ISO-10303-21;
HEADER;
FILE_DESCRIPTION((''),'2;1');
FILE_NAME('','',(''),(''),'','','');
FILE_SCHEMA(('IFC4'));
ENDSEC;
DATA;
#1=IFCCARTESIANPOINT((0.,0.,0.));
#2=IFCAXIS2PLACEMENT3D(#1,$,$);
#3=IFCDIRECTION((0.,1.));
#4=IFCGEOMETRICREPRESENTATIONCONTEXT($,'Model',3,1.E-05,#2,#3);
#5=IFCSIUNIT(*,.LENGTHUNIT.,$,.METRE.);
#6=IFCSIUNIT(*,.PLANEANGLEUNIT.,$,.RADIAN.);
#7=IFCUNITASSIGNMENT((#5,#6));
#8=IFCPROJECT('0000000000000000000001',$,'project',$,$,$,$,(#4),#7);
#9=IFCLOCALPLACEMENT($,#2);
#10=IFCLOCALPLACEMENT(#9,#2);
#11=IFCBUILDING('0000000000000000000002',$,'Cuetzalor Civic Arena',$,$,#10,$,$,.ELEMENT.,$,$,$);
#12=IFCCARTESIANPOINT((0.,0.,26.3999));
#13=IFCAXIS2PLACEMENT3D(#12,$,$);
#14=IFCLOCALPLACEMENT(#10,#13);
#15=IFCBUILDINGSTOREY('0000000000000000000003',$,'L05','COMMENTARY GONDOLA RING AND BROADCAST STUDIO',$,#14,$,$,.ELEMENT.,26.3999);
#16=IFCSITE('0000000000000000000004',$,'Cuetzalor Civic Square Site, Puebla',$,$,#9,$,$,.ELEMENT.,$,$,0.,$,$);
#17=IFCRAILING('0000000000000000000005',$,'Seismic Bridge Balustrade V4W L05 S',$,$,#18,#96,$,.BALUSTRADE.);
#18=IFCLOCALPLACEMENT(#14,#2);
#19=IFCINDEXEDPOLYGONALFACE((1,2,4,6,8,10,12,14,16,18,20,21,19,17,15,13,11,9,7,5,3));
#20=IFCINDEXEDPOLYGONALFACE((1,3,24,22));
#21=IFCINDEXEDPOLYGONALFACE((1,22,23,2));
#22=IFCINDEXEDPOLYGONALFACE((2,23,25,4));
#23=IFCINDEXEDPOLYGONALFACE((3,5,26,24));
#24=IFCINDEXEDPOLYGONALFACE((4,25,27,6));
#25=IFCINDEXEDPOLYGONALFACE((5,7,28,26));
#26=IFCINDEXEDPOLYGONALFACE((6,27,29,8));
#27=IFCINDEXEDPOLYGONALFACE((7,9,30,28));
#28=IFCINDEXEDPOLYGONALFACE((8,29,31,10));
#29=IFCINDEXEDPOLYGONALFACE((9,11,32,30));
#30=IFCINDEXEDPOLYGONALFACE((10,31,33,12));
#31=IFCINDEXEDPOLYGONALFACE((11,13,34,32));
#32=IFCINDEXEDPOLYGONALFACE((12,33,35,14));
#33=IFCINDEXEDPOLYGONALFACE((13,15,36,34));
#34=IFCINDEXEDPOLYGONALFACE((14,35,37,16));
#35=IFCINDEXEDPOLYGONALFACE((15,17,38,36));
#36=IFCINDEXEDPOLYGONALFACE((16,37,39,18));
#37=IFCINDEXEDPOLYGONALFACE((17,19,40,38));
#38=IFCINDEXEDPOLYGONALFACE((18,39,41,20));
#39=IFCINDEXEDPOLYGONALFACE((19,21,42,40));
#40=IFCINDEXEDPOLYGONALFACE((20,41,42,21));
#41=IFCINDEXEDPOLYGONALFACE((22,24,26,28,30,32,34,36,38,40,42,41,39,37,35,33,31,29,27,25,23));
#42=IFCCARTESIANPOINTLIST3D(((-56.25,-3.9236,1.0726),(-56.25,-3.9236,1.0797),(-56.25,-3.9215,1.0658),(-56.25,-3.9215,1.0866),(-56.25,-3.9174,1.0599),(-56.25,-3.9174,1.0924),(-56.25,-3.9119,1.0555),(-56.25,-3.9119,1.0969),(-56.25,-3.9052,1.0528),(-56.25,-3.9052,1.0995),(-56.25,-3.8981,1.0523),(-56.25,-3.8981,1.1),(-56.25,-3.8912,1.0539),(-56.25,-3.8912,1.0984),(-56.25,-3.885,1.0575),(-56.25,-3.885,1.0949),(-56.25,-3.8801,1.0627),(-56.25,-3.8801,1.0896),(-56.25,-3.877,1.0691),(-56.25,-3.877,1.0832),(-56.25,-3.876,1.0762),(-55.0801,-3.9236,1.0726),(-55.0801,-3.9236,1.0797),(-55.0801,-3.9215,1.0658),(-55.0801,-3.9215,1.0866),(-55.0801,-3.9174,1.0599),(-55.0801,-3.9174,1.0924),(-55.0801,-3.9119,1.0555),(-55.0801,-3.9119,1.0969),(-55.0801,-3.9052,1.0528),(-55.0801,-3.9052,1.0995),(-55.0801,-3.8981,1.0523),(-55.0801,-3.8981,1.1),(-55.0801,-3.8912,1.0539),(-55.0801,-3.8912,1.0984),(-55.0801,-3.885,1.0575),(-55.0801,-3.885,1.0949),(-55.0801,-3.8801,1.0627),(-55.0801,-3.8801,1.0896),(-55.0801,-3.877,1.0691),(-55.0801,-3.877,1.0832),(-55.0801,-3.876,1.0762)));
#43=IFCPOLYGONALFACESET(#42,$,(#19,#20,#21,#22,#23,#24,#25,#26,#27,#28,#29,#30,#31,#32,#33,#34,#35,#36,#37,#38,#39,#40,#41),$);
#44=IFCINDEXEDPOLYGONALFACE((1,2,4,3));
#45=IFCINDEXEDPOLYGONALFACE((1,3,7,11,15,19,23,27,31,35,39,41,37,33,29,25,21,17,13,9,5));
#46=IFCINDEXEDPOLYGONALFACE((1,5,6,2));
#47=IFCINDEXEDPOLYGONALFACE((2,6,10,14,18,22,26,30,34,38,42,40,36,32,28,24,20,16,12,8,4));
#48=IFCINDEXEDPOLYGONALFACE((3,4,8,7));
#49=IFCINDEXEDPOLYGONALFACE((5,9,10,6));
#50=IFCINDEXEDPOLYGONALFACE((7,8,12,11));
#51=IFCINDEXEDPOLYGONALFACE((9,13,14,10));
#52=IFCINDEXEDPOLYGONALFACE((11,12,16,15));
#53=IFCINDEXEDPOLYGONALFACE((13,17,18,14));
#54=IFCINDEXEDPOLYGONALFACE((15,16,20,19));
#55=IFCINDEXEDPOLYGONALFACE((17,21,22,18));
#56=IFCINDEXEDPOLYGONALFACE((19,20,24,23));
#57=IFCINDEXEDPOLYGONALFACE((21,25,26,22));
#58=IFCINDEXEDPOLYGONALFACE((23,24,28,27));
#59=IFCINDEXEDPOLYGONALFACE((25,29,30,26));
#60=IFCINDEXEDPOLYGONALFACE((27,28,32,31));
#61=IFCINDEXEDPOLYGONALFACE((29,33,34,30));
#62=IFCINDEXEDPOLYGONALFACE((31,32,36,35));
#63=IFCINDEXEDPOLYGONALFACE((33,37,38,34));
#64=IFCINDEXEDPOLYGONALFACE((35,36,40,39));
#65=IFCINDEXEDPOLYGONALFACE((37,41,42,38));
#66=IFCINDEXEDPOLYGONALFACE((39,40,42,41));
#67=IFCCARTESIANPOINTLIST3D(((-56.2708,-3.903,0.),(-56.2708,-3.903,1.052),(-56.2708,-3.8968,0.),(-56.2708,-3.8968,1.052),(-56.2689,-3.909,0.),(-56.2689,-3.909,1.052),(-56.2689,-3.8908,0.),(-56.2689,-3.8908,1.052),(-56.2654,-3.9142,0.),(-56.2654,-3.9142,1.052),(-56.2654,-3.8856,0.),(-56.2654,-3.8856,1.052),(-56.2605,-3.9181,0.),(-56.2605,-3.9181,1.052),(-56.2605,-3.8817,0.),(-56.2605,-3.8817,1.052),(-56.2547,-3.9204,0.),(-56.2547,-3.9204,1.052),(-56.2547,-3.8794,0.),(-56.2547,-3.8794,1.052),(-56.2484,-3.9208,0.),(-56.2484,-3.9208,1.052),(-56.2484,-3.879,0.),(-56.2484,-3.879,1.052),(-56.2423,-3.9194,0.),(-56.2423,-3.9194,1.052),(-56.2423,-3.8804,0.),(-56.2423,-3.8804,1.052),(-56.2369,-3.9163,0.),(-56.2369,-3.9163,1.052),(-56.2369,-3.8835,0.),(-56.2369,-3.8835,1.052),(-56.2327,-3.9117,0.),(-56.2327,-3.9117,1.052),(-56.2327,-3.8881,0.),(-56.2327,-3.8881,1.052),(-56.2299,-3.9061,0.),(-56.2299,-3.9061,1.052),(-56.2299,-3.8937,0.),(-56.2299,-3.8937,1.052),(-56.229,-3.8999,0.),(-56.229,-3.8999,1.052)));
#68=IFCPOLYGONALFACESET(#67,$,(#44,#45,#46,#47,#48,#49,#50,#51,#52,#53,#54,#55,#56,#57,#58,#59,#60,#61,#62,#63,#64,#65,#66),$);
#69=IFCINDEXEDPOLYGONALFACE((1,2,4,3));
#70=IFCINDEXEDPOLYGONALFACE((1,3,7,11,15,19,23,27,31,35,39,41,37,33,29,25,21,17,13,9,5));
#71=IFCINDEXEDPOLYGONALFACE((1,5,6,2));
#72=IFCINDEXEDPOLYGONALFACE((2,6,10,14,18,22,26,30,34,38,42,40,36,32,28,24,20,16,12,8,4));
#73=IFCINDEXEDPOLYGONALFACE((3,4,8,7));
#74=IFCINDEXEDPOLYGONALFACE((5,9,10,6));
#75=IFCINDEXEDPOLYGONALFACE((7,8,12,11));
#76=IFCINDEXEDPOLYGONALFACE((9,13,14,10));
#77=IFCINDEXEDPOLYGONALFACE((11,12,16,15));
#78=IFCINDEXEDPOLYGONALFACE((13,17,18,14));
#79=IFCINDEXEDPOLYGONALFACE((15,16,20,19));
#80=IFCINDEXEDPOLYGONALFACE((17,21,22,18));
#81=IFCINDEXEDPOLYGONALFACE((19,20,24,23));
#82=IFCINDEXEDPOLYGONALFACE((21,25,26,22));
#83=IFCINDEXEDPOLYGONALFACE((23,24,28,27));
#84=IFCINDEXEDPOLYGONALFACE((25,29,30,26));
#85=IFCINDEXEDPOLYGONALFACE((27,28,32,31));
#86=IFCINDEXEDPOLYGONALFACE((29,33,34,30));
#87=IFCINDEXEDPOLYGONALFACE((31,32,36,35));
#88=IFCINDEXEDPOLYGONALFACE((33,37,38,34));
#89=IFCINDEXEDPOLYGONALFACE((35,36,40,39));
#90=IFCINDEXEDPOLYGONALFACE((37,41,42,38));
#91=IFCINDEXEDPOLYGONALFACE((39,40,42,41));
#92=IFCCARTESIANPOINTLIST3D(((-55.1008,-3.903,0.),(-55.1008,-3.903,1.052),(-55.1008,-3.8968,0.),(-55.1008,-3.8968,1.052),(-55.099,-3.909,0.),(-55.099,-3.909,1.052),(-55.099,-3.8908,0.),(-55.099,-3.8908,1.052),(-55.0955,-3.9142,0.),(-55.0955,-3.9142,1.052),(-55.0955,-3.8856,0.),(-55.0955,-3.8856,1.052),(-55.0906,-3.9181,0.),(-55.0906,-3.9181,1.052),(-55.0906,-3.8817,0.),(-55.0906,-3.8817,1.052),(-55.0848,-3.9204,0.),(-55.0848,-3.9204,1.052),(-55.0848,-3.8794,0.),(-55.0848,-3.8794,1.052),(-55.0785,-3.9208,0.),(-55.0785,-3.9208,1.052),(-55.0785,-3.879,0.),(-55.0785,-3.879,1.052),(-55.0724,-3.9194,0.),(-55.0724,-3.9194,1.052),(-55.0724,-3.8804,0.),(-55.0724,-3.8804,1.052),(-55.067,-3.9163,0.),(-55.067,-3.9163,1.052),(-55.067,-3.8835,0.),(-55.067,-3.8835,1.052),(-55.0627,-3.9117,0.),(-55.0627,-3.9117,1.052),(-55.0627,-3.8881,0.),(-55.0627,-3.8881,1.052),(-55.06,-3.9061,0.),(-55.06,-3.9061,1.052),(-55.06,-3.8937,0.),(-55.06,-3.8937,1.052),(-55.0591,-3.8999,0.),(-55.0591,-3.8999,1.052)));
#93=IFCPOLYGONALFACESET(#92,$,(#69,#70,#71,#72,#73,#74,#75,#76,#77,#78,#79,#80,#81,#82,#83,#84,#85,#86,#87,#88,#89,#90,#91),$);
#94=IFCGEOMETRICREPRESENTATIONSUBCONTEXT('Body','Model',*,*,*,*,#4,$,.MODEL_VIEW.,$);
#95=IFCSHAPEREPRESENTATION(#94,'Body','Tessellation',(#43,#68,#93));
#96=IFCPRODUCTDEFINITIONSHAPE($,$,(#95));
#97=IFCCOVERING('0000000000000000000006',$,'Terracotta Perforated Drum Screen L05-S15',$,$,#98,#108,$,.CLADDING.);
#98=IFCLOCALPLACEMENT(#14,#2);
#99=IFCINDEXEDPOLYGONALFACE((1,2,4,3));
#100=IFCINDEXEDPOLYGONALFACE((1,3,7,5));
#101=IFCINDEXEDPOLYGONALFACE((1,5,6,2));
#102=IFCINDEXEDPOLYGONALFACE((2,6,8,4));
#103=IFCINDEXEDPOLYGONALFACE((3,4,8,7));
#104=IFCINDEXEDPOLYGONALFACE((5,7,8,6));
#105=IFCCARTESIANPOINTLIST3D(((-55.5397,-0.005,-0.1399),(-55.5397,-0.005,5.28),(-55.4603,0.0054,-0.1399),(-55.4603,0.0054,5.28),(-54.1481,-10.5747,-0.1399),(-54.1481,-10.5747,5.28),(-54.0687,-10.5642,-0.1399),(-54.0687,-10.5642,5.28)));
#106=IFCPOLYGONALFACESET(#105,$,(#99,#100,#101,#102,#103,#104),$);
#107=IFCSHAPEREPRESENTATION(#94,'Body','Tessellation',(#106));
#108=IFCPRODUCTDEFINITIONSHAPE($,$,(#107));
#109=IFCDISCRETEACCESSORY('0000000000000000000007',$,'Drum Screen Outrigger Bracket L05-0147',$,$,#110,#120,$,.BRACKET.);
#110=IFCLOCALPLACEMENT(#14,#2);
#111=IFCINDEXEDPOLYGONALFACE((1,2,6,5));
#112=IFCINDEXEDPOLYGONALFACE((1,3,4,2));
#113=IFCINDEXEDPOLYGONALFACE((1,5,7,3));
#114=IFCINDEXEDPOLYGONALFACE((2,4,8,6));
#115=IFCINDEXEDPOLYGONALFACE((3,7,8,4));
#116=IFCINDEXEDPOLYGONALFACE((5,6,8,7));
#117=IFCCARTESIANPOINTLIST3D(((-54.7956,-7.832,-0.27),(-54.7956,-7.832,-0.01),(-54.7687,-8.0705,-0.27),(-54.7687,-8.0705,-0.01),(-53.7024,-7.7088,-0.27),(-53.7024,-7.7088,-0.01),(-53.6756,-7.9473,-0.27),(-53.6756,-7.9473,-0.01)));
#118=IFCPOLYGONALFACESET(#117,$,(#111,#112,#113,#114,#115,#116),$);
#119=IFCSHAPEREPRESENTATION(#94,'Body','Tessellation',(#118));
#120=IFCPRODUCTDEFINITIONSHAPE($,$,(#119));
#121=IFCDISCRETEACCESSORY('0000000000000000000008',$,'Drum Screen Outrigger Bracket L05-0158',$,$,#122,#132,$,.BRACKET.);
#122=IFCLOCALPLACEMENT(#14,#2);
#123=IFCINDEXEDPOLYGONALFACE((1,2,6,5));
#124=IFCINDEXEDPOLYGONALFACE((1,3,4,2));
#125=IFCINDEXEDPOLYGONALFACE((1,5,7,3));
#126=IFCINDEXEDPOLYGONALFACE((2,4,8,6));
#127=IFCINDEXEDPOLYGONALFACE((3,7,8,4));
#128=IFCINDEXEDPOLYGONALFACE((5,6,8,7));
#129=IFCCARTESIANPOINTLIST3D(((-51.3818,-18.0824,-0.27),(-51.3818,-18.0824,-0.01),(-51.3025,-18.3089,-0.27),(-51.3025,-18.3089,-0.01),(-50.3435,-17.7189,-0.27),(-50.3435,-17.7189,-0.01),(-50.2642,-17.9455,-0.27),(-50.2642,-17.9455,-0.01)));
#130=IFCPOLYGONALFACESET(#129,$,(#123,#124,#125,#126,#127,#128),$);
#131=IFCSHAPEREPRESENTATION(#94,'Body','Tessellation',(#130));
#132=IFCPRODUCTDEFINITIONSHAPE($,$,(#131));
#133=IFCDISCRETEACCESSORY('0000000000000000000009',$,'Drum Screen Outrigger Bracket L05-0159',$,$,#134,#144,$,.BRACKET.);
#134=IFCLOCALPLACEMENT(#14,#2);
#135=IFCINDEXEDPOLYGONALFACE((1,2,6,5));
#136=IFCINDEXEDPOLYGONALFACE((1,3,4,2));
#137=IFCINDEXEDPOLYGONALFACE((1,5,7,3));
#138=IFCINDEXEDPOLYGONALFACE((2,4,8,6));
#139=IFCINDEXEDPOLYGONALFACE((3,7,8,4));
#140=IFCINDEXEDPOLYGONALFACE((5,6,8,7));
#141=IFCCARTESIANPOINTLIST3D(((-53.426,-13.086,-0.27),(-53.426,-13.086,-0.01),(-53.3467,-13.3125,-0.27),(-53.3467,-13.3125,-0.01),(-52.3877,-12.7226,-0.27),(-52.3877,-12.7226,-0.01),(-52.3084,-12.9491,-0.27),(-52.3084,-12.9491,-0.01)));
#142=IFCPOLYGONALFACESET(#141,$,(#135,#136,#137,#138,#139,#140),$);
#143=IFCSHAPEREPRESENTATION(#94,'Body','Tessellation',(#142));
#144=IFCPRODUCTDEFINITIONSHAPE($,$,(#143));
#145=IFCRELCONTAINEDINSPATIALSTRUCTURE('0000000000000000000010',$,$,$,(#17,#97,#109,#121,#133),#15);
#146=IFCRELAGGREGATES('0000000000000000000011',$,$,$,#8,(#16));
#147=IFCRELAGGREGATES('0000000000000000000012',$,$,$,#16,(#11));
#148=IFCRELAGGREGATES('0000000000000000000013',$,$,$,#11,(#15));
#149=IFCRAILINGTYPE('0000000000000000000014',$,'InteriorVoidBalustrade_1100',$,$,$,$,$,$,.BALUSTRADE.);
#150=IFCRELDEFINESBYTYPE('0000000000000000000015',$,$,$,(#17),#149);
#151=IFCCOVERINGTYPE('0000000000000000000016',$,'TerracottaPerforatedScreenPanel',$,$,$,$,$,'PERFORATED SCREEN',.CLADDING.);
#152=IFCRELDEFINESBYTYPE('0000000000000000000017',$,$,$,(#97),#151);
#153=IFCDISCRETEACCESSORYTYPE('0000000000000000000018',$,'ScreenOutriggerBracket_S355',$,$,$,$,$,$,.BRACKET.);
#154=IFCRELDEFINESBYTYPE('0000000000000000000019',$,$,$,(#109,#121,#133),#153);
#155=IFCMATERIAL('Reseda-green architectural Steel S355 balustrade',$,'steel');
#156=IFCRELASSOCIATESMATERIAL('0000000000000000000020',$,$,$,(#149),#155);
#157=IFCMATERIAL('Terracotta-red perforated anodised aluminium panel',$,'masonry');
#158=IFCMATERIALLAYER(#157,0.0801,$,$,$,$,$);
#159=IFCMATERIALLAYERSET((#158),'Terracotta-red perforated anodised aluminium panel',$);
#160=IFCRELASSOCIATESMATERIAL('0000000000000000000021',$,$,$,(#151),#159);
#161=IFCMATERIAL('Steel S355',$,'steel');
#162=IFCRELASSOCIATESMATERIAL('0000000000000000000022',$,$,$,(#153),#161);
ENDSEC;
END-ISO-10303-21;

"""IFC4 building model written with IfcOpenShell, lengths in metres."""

from ifc_helpers import new_model, si_unit, direction, frame, frame_2d, origin, origin_2d, place, context, subcontext, project, spatial, rectangle, circle, extrude, material, layer, layer_set, type_object, element, save


model = new_model("IFC4")

# Units and contexts
model_context = context("Model", 3, precision=1e-05, world=origin(), true_north=direction((0.0, 1.0)))
body_context = subcontext(model_context, "Body", "Model", "MODEL_VIEW")
ifc_project = project(units=[si_unit("LENGTHUNIT", "METRE"), si_unit("PLANEANGLEUNIT", "RADIAN")], contexts=[model_context])

# Site, building, storey
site_placement = place(None, origin())
site = spatial("IfcSite", under=ifc_project, at=site_placement, Name="Cuetzalor Civic Square Site, Puebla", CompositionType="ELEMENT", RefElevation=0.0)
building_placement = place(site_placement, origin())
building = spatial("IfcBuilding", under=site, at=building_placement, Name="Cuetzalor Civic Arena", CompositionType="ELEMENT")
storey_placement = place(building_placement, frame((0.0, 0.0, 26.3999)))
storey = spatial("IfcBuildingStorey", under=building, at=storey_placement, Name="L05", Description="COMMENTARY GONDOLA RING AND BROADCAST STUDIO", CompositionType="ELEMENT", Elevation=26.3999)

# Railing
ifc_material_1 = material(Name="Reseda-green architectural Steel S355 balustrade", Category="steel")
railing_type_1 = type_object("IfcRailingType", Name="InteriorVoidBalustrade_1100", PredefinedType="BALUSTRADE", material=ifc_material_1)
railing_1_placement = place(storey_placement, frame((-56.25, -3.8999, 0.0)))
element("IfcRailing", 1, at=railing_1_placement, inside=storey, type_object=railing_type_1, Name="Seismic Bridge Balustrade V4W L05 S", PredefinedType="BALUSTRADE", context=body_context, shape_type="SweptSolid", body=[
    extrude(circle(Radius=0.0239, at=origin_2d()), frame((0.0, 0.0, 1.0762), z_axis=(1.0, 0.0, 0.0), x_axis=(0.0, 1.0, 0.0)), (0.0, 0.0, 1.0), 1.1699),
    extrude(circle(Radius=0.021, at=origin_2d()), origin(), (0.0, 0.0, 1.0), 1.052),
    extrude(circle(Radius=0.021, at=origin_2d()), frame((1.1699, 0.0, 0.0)), (0.0, 0.0, 1.0), 1.052),
])

# Covering
ifc_material_2 = material(Name="Terracotta-red perforated anodised aluminium panel", Category="masonry")
ifc_layer_1 = layer(ifc_material_2, 0.0801)
ifc_layer_set_1 = layer_set([ifc_layer_1], Name="Terracotta-red perforated anodised aluminium panel")
covering_type = type_object("IfcCoveringType", Name="TerracottaPerforatedScreenPanel", ElementType="PERFORATED SCREEN", PredefinedType="CLADDING", material=ifc_layer_set_1)
covering_placement = place(storey_placement, frame((-54.1084, -10.5696, -0.1399), z_axis=(0.0, 0.0, 1.0), x_axis=(-0.130534, 0.991444, 0.0)))
element("IfcCovering", 2, at=covering_placement, inside=storey, type_object=covering_type, Name="Terracotta Perforated Drum Screen L05-S15", PredefinedType="CLADDING", context=body_context, shape_type="SweptSolid", body=[
    extrude(rectangle(XDim=10.6609, YDim=0.0801, at=frame_2d((5.3306, 0.0))), origin(), (0.0, 0.0, 1.0), 5.4199),
])

# Discrete accessories
ifc_material_3 = material(Name="Steel S355", Category="steel")
discrete_accessory_type = type_object("IfcDiscreteAccessoryType", Name="ScreenOutriggerBracket_S355", PredefinedType="BRACKET", material=ifc_material_3)
for number, where, z_axis, x_axis, name in (
    (3, (-54.2356, -7.8896, -0.27), (0.0, 0.0, 1.0), (-0.993709, -0.111989, 0.0), "Drum Screen Outrigger Bracket L05-0147"),
    (4, (-50.823, -18.0139, -0.27), (0.0, 0.0, 1.0), (-0.943859, -0.33035, 0.0), "Drum Screen Outrigger Bracket L05-0158"),
    (5, (-52.8672, -13.0176, -0.27), (0.0, 0.0, 1.0), (-0.943859, -0.33035, 0.0), "Drum Screen Outrigger Bracket L05-0159"),
):
    element("IfcDiscreteAccessory", number, at=place(storey_placement, frame(where, z_axis=z_axis, x_axis=x_axis)), inside=storey, type_object=discrete_accessory_type, Name=name, PredefinedType="BRACKET", context=body_context, shape_type="SweptSolid", body=[
        extrude(rectangle(XDim=1.1001, YDim=0.24, at=origin_2d()), origin(), (0.0, 0.0, 1.0), 0.26),
    ])

save(model, "model.ifc")
